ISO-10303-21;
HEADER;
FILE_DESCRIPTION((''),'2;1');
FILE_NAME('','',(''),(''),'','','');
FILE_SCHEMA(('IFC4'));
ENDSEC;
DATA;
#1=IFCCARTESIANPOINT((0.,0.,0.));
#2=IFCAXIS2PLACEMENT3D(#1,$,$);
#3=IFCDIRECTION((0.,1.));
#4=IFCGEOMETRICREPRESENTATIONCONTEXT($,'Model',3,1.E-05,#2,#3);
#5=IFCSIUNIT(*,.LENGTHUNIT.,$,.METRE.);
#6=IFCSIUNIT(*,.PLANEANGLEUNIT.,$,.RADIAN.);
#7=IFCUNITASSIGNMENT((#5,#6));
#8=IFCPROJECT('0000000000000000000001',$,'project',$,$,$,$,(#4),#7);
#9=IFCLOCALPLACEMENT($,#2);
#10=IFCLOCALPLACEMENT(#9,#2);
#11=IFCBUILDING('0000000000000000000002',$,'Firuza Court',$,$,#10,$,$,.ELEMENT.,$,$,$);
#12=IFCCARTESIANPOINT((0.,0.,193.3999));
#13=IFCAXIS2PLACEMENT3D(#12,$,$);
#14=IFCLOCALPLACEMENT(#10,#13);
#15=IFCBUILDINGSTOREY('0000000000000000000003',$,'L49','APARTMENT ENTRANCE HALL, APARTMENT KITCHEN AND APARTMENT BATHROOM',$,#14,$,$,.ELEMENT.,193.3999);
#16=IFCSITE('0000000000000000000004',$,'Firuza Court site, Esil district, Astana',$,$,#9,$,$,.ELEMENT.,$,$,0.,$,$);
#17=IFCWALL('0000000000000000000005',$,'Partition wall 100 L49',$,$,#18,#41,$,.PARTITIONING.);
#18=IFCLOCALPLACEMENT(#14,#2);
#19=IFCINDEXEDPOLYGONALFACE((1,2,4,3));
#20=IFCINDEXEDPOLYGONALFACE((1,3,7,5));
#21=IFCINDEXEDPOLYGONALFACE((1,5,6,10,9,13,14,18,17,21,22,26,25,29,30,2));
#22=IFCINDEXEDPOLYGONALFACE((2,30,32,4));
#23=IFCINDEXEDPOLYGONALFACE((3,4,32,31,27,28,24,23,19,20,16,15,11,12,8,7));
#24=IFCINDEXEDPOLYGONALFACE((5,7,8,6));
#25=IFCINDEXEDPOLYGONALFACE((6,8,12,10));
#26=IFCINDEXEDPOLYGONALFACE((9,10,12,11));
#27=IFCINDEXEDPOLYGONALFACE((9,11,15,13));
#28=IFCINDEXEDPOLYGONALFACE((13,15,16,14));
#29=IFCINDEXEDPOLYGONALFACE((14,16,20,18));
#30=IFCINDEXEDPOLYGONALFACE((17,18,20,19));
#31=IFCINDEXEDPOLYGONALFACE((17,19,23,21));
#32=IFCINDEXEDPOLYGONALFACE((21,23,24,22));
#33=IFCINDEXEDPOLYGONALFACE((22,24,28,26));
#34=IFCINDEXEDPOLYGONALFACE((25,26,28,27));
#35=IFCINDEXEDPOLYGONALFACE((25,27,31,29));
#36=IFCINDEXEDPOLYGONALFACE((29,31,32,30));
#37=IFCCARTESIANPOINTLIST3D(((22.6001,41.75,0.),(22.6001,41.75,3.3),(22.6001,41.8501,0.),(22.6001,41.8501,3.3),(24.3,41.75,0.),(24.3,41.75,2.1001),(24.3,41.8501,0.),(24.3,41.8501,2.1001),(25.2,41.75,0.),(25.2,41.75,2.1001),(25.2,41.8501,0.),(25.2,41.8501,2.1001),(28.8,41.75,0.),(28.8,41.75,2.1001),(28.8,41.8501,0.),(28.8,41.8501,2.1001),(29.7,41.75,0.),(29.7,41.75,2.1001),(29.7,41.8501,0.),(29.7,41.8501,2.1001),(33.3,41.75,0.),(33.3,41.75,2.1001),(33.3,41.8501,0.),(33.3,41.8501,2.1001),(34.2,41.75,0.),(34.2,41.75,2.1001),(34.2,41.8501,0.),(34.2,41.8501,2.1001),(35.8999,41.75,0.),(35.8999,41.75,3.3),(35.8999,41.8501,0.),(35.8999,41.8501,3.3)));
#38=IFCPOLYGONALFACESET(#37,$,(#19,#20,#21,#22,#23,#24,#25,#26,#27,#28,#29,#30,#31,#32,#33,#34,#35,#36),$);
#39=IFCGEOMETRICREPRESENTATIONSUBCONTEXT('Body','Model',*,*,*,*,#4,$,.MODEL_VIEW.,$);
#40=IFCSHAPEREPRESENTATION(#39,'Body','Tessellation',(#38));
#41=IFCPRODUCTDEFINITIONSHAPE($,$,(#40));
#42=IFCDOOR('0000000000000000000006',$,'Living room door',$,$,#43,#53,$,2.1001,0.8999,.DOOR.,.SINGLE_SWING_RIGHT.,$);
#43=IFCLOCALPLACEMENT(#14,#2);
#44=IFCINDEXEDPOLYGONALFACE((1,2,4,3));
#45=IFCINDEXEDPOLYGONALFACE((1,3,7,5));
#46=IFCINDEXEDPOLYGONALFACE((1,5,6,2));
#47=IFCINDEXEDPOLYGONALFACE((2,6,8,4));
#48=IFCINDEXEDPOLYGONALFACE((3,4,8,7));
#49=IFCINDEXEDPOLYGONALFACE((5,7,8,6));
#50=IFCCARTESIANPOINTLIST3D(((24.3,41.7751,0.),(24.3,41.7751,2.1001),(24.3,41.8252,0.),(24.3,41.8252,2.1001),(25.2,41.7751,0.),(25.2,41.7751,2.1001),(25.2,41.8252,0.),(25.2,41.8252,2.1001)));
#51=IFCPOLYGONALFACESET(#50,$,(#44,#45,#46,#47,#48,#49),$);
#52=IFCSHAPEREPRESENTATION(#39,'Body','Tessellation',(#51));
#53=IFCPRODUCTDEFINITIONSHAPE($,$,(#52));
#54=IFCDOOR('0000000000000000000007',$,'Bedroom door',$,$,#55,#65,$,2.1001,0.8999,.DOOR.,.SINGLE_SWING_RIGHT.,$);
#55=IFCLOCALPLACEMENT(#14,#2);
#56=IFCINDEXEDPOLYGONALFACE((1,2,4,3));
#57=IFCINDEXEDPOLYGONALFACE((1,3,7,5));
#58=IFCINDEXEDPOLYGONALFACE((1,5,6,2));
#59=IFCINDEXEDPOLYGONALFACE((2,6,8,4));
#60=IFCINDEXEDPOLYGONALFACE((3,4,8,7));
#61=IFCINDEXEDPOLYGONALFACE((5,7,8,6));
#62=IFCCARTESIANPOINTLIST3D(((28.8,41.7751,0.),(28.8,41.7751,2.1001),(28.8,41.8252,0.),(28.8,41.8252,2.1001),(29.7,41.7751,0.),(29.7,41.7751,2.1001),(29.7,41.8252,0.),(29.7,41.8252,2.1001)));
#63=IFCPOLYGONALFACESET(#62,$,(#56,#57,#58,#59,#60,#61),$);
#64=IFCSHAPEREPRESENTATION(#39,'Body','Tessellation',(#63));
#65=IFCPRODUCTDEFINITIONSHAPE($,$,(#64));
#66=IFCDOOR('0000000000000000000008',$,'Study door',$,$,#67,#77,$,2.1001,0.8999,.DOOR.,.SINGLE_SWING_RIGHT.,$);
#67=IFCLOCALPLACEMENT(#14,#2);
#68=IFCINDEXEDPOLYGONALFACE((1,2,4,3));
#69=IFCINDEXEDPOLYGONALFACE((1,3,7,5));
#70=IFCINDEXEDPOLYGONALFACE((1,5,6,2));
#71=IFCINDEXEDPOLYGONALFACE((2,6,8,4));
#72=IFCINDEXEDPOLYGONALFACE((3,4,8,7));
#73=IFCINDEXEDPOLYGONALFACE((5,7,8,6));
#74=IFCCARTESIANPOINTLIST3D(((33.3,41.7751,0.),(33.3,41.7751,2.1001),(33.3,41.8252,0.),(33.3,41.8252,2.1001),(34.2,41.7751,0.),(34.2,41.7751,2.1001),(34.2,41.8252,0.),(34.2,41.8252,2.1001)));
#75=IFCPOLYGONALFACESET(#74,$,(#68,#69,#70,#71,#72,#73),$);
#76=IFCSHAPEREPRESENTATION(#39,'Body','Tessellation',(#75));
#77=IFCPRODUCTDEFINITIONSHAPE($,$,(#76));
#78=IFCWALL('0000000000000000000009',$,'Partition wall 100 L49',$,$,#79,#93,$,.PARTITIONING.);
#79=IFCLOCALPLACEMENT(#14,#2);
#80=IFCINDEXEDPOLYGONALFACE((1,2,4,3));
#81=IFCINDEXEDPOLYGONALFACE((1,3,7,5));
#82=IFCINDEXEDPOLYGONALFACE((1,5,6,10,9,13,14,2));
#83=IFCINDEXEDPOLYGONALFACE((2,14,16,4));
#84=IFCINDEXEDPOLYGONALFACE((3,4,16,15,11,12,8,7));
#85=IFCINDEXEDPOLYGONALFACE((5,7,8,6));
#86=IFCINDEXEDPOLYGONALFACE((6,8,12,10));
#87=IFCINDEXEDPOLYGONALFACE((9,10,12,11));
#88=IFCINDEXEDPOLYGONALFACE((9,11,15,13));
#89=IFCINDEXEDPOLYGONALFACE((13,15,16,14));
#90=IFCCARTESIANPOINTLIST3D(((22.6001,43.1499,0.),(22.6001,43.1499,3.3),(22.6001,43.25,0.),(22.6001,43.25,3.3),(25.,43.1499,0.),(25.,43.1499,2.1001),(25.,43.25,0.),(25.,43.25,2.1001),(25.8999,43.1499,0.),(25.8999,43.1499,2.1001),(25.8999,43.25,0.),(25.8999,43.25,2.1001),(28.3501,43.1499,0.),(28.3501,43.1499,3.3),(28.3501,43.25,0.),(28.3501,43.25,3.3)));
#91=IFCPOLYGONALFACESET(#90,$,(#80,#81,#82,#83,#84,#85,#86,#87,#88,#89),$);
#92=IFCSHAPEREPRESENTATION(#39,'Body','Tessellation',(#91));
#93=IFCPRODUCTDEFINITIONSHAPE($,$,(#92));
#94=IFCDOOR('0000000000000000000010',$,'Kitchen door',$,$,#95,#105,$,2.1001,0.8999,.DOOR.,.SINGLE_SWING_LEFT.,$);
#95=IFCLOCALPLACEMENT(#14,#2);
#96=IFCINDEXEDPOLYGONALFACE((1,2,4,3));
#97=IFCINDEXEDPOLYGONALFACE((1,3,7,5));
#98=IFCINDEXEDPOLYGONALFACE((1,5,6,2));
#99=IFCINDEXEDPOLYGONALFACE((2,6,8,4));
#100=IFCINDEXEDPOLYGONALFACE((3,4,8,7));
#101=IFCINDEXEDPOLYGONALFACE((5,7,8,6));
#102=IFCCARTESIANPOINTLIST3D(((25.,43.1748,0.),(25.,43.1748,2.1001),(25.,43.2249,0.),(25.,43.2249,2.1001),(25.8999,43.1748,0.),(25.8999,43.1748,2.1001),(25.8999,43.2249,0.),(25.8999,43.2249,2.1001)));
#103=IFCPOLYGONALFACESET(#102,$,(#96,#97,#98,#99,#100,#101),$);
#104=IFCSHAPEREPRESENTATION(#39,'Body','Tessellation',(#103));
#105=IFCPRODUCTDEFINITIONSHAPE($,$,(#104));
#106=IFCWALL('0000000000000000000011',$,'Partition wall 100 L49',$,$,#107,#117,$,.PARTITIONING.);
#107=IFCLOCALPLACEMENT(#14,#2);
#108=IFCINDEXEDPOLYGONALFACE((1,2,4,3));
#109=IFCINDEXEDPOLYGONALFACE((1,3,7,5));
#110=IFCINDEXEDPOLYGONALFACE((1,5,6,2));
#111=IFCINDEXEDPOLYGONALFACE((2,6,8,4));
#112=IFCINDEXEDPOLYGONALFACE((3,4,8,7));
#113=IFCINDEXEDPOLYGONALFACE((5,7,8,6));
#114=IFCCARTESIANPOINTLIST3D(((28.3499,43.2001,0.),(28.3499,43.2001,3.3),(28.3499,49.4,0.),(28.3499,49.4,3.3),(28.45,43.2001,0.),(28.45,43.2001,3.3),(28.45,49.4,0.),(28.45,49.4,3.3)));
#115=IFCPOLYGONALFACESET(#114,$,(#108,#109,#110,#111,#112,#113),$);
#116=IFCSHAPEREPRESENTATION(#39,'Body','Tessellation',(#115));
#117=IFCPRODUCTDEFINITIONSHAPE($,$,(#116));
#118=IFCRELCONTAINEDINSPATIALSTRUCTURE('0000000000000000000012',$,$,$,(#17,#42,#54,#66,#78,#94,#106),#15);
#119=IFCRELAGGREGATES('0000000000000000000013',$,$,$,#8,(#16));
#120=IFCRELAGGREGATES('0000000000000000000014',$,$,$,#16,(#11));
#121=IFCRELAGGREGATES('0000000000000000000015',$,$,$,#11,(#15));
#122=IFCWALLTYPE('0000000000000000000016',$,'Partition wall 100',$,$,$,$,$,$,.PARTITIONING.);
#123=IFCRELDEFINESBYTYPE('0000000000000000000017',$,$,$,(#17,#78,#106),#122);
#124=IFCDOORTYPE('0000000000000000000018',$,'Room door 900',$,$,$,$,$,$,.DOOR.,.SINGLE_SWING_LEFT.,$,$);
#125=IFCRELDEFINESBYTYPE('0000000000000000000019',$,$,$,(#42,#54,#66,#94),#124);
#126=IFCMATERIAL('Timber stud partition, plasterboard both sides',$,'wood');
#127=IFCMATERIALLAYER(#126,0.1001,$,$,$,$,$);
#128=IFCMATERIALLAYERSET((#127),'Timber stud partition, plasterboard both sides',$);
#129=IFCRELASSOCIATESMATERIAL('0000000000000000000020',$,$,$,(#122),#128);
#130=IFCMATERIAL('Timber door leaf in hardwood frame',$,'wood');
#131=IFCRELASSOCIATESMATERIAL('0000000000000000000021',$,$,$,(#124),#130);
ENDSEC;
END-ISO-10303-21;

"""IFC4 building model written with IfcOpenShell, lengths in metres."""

from ifc_helpers import new_model, si_unit, direction, frame, frame_2d, origin, place, context, subcontext, project, spatial, rectangle, extrude, material, layer, layer_set, type_object, element, fill, save


model = new_model("IFC4")

# Units and contexts
model_context = context("Model", 3, precision=1e-05, world=origin(), true_north=direction((0.0, 1.0)))
body_context = subcontext(model_context, "Body", "Model", "MODEL_VIEW")
ifc_project = project(units=[si_unit("LENGTHUNIT", "METRE"), si_unit("PLANEANGLEUNIT", "RADIAN")], contexts=[model_context])

# Site, building, storey
site_placement = place(None, origin())
site = spatial("IfcSite", under=ifc_project, at=site_placement, Name="Firuza Court site, Esil district, Astana", CompositionType="ELEMENT", RefElevation=0.0)
building_placement = place(site_placement, origin())
building = spatial("IfcBuilding", under=site, at=building_placement, Name="Firuza Court", CompositionType="ELEMENT")
storey_placement = place(building_placement, frame((0.0, 0.0, 193.3999)))
storey = spatial("IfcBuildingStorey", under=building, at=storey_placement, Name="L49", Description="APARTMENT ENTRANCE HALL, APARTMENT KITCHEN AND APARTMENT BATHROOM", CompositionType="ELEMENT", Elevation=193.3999)

# Shared definitions
ifc_material_1 = material(Name="Timber stud partition, plasterboard both sides", Category="wood")
ifc_layer_1 = layer(ifc_material_1, 0.1001)
ifc_layer_set_1 = layer_set([ifc_layer_1], Name="Timber stud partition, plasterboard both sides")
wall_type_1 = type_object("IfcWallType", Name="Partition wall 100", PredefinedType="PARTITIONING", material=ifc_layer_set_1)

# Wall, openings, doors
wall_1_placement = place(storey_placement, frame((22.6001, 41.8, 0.0), z_axis=(0.0, 0.0, 1.0), x_axis=(1.0, 0.0, 0.0)))
wall_1 = element("IfcWall", 1, at=wall_1_placement, inside=storey, type_object=wall_type_1, Name="Partition wall 100 L49", PredefinedType="PARTITIONING", context=body_context, shape_type="SweptSolid", body=[
    extrude(rectangle(XDim=13.2998, YDim=0.1001, at=frame_2d((6.6499, 0.0))), origin(), (0.0, 0.0, 1.0), 3.3),
])
opening_1_placement = place(wall_1_placement, frame((1.7, 0.0, 0.0)))
opening_1 = element("IfcOpeningElement", 2, at=opening_1_placement, cuts=wall_1, PredefinedType="OPENING", context=body_context, shape_type="SweptSolid", body=[
    extrude(rectangle(XDim=0.8999, YDim=2.1001, at=frame_2d((0.45, 1.05))), frame((0.0, 0.062, 0.0), z_axis=(0.0, -1.0, 0.0), x_axis=(1.0, 0.0, 0.0)), (0.0, 0.0, 1.0), 0.124),
])
opening_2_placement = place(wall_1_placement, frame((6.2, 0.0, 0.0)))
opening_2 = element("IfcOpeningElement", 3, at=opening_2_placement, cuts=wall_1, PredefinedType="OPENING", context=body_context, shape_type="SweptSolid", body=[
    extrude(rectangle(XDim=0.8999, YDim=2.1001, at=frame_2d((0.45, 1.05))), frame((0.0, 0.062, 0.0), z_axis=(0.0, -1.0, 0.0), x_axis=(1.0, 0.0, 0.0)), (0.0, 0.0, 1.0), 0.124),
])
opening_3_placement = place(wall_1_placement, frame((10.7, 0.0, 0.0)))
opening_3 = element("IfcOpeningElement", 4, at=opening_3_placement, cuts=wall_1, PredefinedType="OPENING", context=body_context, shape_type="SweptSolid", body=[
    extrude(rectangle(XDim=0.8999, YDim=2.1001, at=frame_2d((0.45, 1.05))), frame((0.0, 0.062, 0.0), z_axis=(0.0, -1.0, 0.0), x_axis=(1.0, 0.0, 0.0)), (0.0, 0.0, 1.0), 0.124),
])
ifc_material_2 = material(Name="Timber door leaf in hardwood frame", Category="wood")
door_type_1 = type_object("IfcDoorType", Name="Room door 900", OperationType="SINGLE_SWING_LEFT", PredefinedType="DOOR", material=ifc_material_2)
door_1_placement = place(opening_1_placement, frame((0.8999, 0.0, 0.0), z_axis=(0.0, 0.0, 1.0), x_axis=(-1.0, 0.0, 0.0)))
door_1 = element("IfcDoor", 5, at=door_1_placement, inside=storey, type_object=door_type_1, Name="Living room door", OperationType="SINGLE_SWING_RIGHT", OverallHeight=2.1001, OverallWidth=0.8999, PredefinedType="DOOR", context=body_context, shape_type="SweptSolid", body=[
    extrude(rectangle(XDim=0.8999, YDim=2.1001, at=frame_2d((0.45, 1.05))), frame((0.0, 0.0249, 0.0), z_axis=(0.0, -1.0, 0.0), x_axis=(1.0, 0.0, 0.0)), (0.0, 0.0, 1.0), 0.05),
])
fill(opening_1, door_1)
door_2_placement = place(opening_2_placement, frame((0.8999, 0.0, 0.0), z_axis=(0.0, 0.0, 1.0), x_axis=(-1.0, 0.0, 0.0)))
door_2 = element("IfcDoor", 6, at=door_2_placement, inside=storey, type_object=door_type_1, Name="Bedroom door", OperationType="SINGLE_SWING_RIGHT", OverallHeight=2.1001, OverallWidth=0.8999, PredefinedType="DOOR", context=body_context, shape_type="SweptSolid", body=[
    extrude(rectangle(XDim=0.8999, YDim=2.1001, at=frame_2d((0.45, 1.05))), frame((0.0, 0.0249, 0.0), z_axis=(0.0, -1.0, 0.0), x_axis=(1.0, 0.0, 0.0)), (0.0, 0.0, 1.0), 0.05),
])
fill(opening_2, door_2)
door_3_placement = place(opening_3_placement, frame((0.8999, 0.0, 0.0), z_axis=(0.0, 0.0, 1.0), x_axis=(-1.0, 0.0, 0.0)))
door_3 = element("IfcDoor", 7, at=door_3_placement, inside=storey, type_object=door_type_1, Name="Study door", OperationType="SINGLE_SWING_RIGHT", OverallHeight=2.1001, OverallWidth=0.8999, PredefinedType="DOOR", context=body_context, shape_type="SweptSolid", body=[
    extrude(rectangle(XDim=0.8999, YDim=2.1001, at=frame_2d((0.45, 1.05))), frame((0.0, 0.0249, 0.0), z_axis=(0.0, -1.0, 0.0), x_axis=(1.0, 0.0, 0.0)), (0.0, 0.0, 1.0), 0.05),
])
fill(opening_3, door_3)

# Wall, opening, door
wall_2_placement = place(storey_placement, frame((22.6001, 43.2, 0.0), z_axis=(0.0, 0.0, 1.0), x_axis=(1.0, 0.0, 0.0)))
wall_2 = element("IfcWall", 8, at=wall_2_placement, inside=storey, type_object=wall_type_1, Name="Partition wall 100 L49", PredefinedType="PARTITIONING", context=body_context, shape_type="SweptSolid", body=[
    extrude(rectangle(XDim=5.75, YDim=0.1001, at=frame_2d((2.875, 0.0))), origin(), (0.0, 0.0, 1.0), 3.3),
])
opening_4_placement = place(wall_2_placement, frame((2.3999, 0.0, 0.0)))
opening_4 = element("IfcOpeningElement", 9, at=opening_4_placement, cuts=wall_2, PredefinedType="OPENING", context=body_context, shape_type="SweptSolid", body=[
    extrude(rectangle(XDim=0.8999, YDim=2.1001, at=frame_2d((0.45, 1.05))), frame((0.0, 0.062, 0.0), z_axis=(0.0, -1.0, 0.0), x_axis=(1.0, 0.0, 0.0)), (0.0, 0.0, 1.0), 0.124),
])
door_4_placement = place(opening_4_placement, origin())
door_4 = element("IfcDoor", 10, at=door_4_placement, inside=storey, type_object=door_type_1, Name="Kitchen door", OperationType="SINGLE_SWING_LEFT", OverallHeight=2.1001, OverallWidth=0.8999, PredefinedType="DOOR", context=body_context, shape_type="SweptSolid", body=[
    extrude(rectangle(XDim=0.8999, YDim=2.1001, at=frame_2d((0.45, 1.05))), frame((0.0, 0.0249, 0.0), z_axis=(0.0, -1.0, 0.0), x_axis=(1.0, 0.0, 0.0)), (0.0, 0.0, 1.0), 0.05),
])
fill(opening_4, door_4)

# Wall
wall_3_placement = place(storey_placement, frame((28.3999, 43.2, 0.0), z_axis=(0.0, 0.0, 1.0), x_axis=(0.0, 1.0, 0.0)))
element("IfcWall", 11, at=wall_3_placement, inside=storey, type_object=wall_type_1, Name="Partition wall 100 L49", PredefinedType="PARTITIONING", context=body_context, shape_type="SweptSolid", body=[
    extrude(rectangle(XDim=6.2, YDim=0.1001, at=frame_2d((3.1001, 0.0))), origin(), (0.0, 0.0, 1.0), 3.3),
])

save(model, "model.ifc")
